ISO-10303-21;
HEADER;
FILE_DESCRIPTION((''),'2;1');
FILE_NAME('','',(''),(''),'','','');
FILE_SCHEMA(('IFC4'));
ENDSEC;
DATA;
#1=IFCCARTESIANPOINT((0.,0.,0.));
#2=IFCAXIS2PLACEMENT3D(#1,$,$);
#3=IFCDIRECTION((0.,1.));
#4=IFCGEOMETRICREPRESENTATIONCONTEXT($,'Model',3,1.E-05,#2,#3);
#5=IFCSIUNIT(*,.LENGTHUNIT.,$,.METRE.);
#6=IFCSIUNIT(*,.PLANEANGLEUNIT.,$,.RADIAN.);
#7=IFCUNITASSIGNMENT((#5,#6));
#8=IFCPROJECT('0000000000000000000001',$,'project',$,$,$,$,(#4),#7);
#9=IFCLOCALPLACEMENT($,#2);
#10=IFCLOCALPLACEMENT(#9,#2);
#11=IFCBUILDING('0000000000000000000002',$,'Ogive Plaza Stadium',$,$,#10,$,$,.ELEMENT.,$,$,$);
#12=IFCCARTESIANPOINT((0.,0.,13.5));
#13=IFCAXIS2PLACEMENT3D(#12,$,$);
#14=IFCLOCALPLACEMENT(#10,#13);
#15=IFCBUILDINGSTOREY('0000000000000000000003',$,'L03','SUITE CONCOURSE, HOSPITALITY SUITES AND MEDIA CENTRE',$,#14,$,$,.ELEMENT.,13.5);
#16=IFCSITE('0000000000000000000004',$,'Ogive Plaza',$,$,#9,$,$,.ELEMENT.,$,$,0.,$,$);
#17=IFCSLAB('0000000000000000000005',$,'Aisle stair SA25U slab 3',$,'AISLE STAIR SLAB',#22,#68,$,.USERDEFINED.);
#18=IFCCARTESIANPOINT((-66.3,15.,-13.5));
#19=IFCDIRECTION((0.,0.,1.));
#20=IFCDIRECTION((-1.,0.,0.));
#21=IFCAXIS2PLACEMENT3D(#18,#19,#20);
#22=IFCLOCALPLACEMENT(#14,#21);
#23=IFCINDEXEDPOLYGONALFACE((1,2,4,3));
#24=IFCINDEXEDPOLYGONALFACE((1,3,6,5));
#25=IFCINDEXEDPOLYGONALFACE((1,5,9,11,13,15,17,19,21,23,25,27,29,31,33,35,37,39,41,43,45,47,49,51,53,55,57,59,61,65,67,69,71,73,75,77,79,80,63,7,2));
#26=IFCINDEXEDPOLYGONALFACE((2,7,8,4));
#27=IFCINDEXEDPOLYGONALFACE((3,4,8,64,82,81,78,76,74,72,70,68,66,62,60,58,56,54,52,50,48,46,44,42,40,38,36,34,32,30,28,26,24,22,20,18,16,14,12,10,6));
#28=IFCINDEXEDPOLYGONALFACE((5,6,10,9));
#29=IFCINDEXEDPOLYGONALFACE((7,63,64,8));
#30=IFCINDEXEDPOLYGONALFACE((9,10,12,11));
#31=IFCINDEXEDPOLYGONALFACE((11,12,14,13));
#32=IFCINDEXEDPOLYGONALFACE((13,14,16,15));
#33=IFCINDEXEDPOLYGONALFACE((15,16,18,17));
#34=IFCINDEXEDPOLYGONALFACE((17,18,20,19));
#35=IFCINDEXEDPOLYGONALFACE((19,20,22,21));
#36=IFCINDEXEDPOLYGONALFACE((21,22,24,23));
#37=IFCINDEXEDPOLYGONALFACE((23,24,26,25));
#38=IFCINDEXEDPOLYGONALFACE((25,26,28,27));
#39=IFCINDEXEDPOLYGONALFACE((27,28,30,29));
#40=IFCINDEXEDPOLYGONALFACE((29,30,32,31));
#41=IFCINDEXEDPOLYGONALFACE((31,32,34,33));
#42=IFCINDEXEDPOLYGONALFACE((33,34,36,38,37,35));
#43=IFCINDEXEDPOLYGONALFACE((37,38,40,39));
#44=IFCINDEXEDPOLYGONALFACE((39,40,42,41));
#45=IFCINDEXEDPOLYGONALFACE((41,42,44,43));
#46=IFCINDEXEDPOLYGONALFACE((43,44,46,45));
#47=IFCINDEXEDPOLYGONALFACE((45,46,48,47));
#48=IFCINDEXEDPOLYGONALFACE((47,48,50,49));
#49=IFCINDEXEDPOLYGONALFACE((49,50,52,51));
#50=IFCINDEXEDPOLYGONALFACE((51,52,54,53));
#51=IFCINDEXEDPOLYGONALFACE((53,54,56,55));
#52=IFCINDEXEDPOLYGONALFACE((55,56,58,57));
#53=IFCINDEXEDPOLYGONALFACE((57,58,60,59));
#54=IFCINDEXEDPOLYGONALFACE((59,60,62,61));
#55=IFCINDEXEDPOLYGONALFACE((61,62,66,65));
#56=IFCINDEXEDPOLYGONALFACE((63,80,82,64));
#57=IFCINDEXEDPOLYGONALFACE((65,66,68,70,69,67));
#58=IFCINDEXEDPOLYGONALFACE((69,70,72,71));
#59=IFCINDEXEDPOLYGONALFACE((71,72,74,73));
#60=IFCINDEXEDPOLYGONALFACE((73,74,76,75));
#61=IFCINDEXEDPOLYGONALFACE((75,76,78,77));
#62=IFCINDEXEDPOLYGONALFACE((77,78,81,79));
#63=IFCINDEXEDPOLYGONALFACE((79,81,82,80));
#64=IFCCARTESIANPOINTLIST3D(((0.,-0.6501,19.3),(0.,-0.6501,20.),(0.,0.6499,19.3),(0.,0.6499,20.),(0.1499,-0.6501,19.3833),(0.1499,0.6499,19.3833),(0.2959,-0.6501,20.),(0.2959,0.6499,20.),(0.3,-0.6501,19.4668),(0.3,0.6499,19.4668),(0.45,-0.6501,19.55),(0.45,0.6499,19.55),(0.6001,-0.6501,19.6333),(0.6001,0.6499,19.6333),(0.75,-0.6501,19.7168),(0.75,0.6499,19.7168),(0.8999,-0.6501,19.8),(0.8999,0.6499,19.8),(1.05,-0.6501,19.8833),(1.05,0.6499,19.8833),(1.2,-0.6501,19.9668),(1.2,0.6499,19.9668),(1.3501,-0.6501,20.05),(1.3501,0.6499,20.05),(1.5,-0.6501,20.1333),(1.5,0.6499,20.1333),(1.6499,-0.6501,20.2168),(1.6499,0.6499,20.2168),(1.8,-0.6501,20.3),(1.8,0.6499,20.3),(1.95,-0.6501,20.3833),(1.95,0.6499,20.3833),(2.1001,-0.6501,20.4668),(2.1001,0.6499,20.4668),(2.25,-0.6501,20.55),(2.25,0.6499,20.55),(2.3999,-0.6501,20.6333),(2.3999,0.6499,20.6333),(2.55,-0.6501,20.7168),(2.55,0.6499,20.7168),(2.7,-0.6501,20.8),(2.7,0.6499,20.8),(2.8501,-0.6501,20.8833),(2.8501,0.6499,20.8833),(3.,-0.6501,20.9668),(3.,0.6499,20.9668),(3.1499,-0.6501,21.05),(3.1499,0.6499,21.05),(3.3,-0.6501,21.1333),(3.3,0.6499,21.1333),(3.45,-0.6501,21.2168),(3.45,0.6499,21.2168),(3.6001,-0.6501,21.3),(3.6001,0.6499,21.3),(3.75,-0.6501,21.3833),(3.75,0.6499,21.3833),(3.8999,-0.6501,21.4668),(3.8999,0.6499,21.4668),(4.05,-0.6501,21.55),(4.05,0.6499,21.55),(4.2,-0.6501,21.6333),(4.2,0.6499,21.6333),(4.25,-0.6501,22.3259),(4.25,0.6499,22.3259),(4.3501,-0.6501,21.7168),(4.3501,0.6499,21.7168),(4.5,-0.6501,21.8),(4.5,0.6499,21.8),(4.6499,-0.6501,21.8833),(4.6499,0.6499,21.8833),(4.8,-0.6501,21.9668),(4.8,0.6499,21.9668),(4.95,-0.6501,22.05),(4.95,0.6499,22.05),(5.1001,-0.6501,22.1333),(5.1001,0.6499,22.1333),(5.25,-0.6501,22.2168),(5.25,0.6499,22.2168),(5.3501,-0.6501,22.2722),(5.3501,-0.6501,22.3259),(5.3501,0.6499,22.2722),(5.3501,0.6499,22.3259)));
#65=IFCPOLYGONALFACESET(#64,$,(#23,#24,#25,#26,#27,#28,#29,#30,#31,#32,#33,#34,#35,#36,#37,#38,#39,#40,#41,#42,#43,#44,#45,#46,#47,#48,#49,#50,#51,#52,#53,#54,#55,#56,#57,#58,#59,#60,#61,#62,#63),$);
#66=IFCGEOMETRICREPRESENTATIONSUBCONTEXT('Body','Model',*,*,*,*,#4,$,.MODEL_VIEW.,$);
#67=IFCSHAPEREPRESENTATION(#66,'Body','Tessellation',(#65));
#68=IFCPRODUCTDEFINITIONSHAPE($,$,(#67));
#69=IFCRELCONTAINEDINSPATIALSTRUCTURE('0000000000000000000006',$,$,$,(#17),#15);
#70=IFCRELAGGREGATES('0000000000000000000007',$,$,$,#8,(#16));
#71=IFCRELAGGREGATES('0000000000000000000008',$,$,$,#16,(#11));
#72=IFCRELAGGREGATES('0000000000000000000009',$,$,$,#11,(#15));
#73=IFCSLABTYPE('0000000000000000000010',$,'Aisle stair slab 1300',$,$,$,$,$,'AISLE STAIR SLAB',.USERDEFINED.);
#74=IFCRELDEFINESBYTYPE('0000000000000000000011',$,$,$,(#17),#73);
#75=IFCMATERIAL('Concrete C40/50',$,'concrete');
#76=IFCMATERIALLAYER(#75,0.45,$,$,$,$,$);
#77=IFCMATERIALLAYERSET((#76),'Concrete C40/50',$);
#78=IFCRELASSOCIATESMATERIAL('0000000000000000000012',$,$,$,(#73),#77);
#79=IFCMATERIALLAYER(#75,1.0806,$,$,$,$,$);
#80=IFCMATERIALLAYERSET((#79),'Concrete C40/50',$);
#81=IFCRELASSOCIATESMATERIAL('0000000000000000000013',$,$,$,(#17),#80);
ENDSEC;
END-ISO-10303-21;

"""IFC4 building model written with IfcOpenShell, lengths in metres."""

from ifc_helpers import new_model, si_unit, direction, frame, origin, place, context, subcontext, project, spatial, polyline, outline, extrude, material, layer, layer_set, type_object, element, save


model = new_model("IFC4")

# Units and contexts
model_context = context("Model", 3, precision=1e-05, world=origin(), true_north=direction((0.0, 1.0)))
body_context = subcontext(model_context, "Body", "Model", "MODEL_VIEW")
ifc_project = project(units=[si_unit("LENGTHUNIT", "METRE"), si_unit("PLANEANGLEUNIT", "RADIAN")], contexts=[model_context])

# Site, building, storey
site_placement = place(None, origin())
site = spatial("IfcSite", under=ifc_project, at=site_placement, Name="Ogive Plaza", CompositionType="ELEMENT", RefElevation=0.0)
building_placement = place(site_placement, origin())
building = spatial("IfcBuilding", under=site, at=building_placement, Name="Ogive Plaza Stadium", CompositionType="ELEMENT")
storey_placement = place(building_placement, frame((0.0, 0.0, 13.5)))
storey = spatial("IfcBuildingStorey", under=building, at=storey_placement, Name="L03", Description="SUITE CONCOURSE, HOSPITALITY SUITES AND MEDIA CENTRE", CompositionType="ELEMENT", Elevation=13.5)

# Slab
ifc_material_1 = material(Name="Concrete C40/50", Category="concrete")
ifc_layer_1 = layer(ifc_material_1, 1.0806)
ifc_layer_set_1 = layer_set([ifc_layer_1], Name="Concrete C40/50")
ifc_layer_2 = layer(ifc_material_1, 0.45)
ifc_layer_set_2 = layer_set([ifc_layer_2], Name="Concrete C40/50")
slab_type = type_object("IfcSlabType", Name="Aisle stair slab 1300", ElementType="AISLE STAIR SLAB", PredefinedType="USERDEFINED", material=ifc_layer_set_2)
slab_placement = place(storey_placement, frame((-66.3, 15.0, -13.5), z_axis=(0.0, 0.0, 1.0), x_axis=(-1.0, 0.0, 0.0)))
element("IfcSlab", 1, at=slab_placement, inside=storey, type_object=slab_type, material=ifc_layer_set_1, Name="Aisle stair SA25U slab 3", ObjectType="AISLE STAIR SLAB", PredefinedType="USERDEFINED", context=body_context, shape_type="SweptSolid", body=[
    extrude(outline(polyline([(0.0, 20.0), (0.2959, 20.0), (4.25, 22.3259), (5.3501, 22.3259), (5.3501, 22.2722), (5.25, 22.2168), (5.1001, 22.1333), (4.95, 22.05), (4.8, 21.9668), (4.6499, 21.8833), (4.5, 21.8), (4.3501, 21.7168), (4.2, 21.6333), (4.05, 21.55), (3.8999, 21.4668), (3.75, 21.3833), (3.6001, 21.3), (3.45, 21.2168), (3.3, 21.1333), (3.1499, 21.05), (3.0, 20.9668), (2.8501, 20.8833), (2.7, 20.8), (2.55, 20.7168), (2.3999, 20.6333), (2.25, 20.55), (2.1001, 20.4668), (1.95, 20.3833), (1.8, 20.3), (1.6499, 20.2168), (1.5, 20.1333), (1.3501, 20.05), (1.2, 19.9668), (1.05, 19.8833), (0.8999, 19.8), (0.75, 19.7168), (0.6001, 19.6333), (0.45, 19.55), (0.3, 19.4668), (0.1499, 19.3833), (0.0, 19.3), (0.0, 20.0)])), frame((0.0, 0.6499, 0.0), z_axis=(0.0, -1.0, 0.0), x_axis=(1.0, 0.0, 0.0)), (0.0, 0.0, 1.0), 1.3),
])

save(model, "model.ifc")
